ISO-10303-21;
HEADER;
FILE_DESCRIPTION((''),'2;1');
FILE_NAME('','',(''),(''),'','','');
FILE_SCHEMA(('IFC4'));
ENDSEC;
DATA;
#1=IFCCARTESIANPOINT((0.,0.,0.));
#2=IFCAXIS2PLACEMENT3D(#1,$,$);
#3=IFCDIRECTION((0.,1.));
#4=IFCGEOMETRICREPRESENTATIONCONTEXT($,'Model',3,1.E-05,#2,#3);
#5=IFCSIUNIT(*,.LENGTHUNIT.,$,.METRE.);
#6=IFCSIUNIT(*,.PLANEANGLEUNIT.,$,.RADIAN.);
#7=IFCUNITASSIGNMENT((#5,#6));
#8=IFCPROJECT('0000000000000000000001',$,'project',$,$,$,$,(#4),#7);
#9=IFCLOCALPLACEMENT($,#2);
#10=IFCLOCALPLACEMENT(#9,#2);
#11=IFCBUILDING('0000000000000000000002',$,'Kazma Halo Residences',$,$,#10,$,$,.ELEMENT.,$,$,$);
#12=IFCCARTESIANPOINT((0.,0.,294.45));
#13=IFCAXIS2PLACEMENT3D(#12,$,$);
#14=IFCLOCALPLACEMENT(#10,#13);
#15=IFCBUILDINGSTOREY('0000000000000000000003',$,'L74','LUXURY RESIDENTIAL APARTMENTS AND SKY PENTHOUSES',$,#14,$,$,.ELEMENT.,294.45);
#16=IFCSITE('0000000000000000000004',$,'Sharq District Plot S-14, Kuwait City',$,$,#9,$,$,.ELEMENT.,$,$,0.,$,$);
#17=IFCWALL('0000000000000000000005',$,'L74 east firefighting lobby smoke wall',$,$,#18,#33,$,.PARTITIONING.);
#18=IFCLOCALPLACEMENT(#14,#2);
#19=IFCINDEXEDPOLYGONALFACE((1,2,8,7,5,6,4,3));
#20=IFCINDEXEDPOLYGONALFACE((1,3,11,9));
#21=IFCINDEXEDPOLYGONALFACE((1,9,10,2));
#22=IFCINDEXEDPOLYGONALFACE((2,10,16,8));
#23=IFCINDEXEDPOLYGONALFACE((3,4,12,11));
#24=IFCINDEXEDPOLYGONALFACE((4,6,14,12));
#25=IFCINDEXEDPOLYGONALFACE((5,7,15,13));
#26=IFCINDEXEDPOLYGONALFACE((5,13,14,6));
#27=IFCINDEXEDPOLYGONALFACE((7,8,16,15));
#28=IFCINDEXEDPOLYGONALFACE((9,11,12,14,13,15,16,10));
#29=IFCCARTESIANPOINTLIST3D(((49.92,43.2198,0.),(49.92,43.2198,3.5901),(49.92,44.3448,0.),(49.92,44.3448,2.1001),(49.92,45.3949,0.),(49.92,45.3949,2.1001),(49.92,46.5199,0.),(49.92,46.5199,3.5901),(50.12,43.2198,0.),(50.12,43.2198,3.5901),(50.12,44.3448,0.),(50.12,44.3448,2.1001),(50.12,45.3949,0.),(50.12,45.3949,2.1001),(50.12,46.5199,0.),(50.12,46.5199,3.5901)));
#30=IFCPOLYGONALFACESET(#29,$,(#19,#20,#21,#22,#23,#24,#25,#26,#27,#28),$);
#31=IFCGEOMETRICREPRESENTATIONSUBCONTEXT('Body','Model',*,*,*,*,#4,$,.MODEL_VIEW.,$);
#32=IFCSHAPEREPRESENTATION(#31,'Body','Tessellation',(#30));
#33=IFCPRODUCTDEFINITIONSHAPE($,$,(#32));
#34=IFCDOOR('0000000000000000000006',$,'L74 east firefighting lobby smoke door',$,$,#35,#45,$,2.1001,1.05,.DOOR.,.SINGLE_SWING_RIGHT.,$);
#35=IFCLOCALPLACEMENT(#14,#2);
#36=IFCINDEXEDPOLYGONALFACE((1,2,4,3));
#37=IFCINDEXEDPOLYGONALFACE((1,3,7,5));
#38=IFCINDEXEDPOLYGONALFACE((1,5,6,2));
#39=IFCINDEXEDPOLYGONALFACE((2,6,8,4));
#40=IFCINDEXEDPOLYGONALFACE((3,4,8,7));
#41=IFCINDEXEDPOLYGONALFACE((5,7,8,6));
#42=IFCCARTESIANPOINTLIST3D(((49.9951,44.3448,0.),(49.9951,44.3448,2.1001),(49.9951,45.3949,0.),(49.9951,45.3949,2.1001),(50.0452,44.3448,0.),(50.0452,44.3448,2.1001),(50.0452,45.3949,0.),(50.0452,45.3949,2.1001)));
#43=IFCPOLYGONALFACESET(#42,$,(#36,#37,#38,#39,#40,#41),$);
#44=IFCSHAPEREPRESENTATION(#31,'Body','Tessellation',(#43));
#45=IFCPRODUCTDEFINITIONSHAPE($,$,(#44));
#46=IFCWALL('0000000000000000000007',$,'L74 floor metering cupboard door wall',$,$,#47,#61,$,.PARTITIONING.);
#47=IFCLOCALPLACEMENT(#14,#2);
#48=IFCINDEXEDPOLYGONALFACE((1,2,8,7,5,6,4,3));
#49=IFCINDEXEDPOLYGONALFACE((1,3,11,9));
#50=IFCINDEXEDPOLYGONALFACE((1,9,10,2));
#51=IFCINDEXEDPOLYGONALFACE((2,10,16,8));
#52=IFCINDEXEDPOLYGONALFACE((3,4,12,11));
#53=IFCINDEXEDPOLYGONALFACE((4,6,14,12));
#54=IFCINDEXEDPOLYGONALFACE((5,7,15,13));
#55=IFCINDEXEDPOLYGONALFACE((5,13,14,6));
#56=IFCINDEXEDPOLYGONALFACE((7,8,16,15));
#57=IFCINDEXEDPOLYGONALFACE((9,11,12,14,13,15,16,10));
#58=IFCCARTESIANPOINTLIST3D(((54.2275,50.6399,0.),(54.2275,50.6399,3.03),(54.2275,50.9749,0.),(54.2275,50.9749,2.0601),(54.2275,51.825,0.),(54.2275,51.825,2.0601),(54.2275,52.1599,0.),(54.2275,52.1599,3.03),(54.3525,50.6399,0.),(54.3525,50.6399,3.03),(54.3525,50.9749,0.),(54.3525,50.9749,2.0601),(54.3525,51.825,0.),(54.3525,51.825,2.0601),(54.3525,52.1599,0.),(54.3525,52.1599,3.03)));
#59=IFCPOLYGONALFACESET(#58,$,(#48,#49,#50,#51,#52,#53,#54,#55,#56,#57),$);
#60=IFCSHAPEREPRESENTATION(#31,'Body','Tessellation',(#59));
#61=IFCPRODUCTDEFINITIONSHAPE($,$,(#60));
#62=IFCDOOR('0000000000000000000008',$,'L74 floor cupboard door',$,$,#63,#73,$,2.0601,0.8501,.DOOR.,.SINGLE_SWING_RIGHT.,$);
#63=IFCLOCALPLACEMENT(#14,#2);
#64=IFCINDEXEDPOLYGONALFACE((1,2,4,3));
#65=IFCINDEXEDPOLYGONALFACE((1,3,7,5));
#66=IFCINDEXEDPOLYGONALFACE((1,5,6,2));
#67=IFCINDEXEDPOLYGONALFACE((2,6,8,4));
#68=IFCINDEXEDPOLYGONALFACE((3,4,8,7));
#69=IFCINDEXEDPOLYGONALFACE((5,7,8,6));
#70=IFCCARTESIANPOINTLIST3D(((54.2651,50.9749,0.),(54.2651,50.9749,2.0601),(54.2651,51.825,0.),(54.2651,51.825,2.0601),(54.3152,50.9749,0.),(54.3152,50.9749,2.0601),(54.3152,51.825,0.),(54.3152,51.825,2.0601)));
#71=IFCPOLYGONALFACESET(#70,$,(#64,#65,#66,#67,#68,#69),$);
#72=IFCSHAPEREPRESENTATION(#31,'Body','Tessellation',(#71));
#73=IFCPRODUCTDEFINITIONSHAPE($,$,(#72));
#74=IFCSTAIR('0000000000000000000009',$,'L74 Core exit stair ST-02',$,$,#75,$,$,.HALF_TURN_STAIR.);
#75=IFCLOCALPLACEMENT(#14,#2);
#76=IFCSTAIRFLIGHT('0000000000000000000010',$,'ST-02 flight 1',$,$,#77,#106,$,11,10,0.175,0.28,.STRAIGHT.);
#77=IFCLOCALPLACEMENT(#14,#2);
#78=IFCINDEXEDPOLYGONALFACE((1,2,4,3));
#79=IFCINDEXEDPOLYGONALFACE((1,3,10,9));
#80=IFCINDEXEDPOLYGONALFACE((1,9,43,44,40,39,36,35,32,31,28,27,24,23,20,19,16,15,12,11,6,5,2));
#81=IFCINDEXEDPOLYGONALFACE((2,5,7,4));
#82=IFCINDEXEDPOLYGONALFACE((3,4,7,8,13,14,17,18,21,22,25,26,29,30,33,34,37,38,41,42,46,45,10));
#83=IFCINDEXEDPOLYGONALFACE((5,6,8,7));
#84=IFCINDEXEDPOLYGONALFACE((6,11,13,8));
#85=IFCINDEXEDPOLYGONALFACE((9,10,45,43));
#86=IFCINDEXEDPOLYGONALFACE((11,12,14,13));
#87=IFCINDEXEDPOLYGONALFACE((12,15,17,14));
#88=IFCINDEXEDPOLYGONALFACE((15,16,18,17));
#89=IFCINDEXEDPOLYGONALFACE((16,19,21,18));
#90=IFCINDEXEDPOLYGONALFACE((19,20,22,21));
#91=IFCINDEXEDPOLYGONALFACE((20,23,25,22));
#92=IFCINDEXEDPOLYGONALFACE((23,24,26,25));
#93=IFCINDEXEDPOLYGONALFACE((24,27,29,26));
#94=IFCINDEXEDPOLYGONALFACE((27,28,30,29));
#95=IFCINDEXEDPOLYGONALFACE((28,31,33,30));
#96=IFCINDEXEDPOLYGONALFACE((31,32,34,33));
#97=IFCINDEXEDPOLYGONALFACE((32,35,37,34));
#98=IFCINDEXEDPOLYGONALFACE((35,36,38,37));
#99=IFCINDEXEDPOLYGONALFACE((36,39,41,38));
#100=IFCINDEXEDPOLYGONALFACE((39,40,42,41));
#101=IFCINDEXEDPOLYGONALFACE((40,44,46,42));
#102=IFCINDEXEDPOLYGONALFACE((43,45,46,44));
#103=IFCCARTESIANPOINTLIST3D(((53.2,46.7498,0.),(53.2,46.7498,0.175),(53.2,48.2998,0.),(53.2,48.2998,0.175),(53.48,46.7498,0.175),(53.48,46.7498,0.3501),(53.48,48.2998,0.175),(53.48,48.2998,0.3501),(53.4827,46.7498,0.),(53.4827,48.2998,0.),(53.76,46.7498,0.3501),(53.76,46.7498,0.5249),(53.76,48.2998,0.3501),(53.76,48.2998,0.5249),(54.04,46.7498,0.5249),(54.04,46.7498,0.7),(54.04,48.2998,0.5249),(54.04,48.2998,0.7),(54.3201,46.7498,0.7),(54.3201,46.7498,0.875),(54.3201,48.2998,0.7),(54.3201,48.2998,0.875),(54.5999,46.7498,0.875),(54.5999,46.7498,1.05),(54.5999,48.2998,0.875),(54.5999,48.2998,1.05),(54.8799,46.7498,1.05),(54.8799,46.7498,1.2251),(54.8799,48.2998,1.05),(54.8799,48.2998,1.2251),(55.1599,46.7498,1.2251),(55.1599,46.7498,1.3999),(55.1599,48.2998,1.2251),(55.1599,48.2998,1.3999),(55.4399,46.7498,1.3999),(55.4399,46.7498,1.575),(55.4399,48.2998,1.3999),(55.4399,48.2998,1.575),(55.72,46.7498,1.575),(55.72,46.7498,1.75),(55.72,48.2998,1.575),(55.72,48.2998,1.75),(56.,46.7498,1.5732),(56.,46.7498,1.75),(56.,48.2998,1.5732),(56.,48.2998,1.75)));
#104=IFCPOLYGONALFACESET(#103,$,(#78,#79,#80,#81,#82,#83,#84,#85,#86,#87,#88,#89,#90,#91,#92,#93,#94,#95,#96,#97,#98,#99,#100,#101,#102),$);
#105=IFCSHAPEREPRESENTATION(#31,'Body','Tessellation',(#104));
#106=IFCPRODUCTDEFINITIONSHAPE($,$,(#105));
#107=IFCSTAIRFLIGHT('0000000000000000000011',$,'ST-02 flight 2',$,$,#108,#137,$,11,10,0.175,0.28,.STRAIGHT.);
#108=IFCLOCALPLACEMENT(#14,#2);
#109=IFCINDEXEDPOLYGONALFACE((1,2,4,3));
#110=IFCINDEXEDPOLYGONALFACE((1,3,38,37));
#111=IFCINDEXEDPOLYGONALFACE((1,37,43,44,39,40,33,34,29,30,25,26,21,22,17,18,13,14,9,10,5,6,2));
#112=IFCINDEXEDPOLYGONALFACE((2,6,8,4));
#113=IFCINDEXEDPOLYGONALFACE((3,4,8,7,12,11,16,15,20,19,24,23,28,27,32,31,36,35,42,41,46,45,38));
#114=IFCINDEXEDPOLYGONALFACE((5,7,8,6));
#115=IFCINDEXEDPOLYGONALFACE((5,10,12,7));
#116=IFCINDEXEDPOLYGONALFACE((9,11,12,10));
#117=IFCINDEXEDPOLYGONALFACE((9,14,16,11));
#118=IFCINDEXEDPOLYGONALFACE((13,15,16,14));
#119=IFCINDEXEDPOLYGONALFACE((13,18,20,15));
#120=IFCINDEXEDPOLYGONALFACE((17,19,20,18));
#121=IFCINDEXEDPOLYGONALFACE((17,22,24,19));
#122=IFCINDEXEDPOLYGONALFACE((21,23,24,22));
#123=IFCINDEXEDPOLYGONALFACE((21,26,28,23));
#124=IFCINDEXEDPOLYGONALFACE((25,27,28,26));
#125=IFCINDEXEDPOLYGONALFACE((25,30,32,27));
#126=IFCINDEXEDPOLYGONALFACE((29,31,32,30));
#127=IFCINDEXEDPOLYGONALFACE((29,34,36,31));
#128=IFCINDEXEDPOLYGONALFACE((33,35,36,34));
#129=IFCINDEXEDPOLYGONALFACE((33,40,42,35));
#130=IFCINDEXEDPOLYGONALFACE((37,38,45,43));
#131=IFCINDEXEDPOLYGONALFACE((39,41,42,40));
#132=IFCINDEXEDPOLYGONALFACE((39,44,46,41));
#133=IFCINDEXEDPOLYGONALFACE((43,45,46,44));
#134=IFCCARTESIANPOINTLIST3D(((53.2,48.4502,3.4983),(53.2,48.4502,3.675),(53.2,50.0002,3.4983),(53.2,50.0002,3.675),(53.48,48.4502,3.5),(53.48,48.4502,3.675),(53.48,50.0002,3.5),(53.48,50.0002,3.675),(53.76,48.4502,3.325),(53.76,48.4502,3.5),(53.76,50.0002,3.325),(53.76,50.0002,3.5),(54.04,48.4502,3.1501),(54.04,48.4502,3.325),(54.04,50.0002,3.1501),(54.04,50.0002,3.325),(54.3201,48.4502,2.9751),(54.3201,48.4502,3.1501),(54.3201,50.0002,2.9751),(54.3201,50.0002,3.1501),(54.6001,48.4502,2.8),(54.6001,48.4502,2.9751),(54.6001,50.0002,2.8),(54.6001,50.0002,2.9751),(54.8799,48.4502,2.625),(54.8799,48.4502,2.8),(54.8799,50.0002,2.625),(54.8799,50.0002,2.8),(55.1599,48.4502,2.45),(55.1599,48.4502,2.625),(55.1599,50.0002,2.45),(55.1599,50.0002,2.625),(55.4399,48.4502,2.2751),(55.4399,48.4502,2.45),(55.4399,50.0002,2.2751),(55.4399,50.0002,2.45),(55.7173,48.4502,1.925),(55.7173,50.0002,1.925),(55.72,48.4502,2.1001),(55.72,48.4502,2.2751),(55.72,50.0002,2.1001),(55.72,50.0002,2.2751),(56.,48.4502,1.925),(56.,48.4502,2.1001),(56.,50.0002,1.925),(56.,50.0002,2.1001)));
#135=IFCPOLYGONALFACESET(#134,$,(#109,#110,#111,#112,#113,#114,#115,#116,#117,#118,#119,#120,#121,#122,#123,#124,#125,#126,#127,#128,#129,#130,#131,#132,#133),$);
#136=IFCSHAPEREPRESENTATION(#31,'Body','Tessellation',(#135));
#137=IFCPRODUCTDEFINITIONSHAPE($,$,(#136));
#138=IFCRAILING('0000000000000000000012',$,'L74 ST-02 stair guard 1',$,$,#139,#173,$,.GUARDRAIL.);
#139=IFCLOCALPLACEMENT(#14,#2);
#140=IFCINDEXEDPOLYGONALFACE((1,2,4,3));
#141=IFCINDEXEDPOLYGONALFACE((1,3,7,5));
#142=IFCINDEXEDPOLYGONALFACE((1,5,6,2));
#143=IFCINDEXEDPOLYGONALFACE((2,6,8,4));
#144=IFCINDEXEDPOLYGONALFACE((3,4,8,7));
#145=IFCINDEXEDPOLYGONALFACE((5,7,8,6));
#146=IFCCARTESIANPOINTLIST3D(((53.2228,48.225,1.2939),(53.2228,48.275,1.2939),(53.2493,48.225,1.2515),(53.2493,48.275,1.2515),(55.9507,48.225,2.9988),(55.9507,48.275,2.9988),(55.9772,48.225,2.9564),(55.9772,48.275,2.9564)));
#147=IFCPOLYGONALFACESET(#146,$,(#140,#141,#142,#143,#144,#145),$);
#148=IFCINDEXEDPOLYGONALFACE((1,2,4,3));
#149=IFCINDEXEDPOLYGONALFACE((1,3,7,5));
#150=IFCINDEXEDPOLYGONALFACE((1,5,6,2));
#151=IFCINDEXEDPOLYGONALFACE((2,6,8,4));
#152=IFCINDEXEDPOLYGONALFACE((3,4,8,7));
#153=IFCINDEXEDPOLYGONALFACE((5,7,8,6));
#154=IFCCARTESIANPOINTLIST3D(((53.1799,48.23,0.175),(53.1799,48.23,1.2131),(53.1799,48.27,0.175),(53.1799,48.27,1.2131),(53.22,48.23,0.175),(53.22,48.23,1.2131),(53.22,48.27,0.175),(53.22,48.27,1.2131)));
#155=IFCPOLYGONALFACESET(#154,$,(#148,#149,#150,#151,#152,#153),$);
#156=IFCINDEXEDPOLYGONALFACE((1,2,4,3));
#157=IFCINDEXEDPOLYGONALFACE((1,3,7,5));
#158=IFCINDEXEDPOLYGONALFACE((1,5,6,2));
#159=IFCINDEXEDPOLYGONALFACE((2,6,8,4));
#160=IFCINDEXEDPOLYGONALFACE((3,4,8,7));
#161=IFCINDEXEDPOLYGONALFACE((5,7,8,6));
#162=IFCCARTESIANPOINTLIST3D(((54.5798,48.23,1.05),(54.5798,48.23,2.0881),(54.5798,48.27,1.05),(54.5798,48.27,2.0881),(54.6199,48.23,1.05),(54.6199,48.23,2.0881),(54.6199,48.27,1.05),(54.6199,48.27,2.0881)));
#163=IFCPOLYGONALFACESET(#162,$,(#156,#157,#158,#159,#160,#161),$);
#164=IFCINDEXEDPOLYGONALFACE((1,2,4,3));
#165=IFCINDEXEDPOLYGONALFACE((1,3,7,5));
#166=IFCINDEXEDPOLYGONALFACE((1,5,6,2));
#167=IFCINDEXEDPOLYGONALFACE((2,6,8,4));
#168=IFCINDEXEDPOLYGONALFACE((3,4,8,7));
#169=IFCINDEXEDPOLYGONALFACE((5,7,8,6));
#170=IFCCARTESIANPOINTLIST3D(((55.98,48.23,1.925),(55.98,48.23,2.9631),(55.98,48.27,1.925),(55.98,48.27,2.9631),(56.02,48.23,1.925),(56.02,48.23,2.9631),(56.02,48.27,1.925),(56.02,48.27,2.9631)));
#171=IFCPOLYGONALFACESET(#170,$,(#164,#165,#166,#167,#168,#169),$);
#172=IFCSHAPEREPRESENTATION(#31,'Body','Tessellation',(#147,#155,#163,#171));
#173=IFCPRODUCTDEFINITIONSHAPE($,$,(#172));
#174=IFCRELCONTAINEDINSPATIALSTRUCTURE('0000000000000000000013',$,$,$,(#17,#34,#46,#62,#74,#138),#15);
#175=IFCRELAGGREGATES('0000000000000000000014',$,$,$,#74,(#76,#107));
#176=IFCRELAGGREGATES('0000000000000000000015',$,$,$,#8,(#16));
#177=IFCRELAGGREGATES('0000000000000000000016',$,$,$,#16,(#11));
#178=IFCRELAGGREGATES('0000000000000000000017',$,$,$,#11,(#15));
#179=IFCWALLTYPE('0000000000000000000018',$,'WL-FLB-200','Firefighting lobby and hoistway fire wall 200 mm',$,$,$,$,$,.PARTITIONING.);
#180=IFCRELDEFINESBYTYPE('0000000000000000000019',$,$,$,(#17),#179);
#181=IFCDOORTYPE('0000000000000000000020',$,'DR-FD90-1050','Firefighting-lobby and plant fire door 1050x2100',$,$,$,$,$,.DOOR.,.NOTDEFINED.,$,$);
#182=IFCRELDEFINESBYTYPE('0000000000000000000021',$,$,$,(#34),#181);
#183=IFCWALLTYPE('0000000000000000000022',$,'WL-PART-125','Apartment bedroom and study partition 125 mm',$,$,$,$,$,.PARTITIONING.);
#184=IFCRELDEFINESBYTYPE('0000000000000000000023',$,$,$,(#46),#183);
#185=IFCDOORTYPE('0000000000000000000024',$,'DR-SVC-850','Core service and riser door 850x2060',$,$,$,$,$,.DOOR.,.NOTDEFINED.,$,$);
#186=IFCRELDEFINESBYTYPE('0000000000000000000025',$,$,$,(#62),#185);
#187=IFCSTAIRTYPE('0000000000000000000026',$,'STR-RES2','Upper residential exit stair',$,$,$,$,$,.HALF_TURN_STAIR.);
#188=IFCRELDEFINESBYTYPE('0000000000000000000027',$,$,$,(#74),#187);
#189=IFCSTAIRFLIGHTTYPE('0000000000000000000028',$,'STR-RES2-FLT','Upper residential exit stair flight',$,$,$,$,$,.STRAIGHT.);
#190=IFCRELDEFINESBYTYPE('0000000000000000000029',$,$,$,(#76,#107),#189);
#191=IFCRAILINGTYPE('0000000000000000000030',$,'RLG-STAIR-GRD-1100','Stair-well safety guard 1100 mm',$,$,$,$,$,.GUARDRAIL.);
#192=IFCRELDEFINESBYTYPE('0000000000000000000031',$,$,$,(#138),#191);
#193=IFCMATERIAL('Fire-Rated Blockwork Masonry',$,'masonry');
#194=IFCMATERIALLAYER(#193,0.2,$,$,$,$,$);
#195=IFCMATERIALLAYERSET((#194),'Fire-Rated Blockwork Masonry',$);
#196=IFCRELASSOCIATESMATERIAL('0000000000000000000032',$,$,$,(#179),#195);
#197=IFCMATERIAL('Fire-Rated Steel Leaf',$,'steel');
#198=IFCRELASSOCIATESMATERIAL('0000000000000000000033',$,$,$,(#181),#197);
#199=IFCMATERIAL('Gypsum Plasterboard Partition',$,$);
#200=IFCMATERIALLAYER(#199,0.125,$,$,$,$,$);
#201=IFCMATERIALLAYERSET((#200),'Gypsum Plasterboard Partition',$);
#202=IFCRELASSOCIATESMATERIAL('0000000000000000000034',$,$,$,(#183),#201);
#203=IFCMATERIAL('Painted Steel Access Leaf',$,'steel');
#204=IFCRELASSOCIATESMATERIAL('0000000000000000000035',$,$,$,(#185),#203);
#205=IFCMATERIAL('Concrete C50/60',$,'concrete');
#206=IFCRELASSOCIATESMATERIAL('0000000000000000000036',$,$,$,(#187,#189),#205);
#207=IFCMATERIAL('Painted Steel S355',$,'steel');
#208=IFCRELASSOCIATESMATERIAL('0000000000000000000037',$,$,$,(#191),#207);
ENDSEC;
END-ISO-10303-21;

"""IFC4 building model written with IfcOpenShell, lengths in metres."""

from ifc_helpers import new_model, si_unit, direction, frame, frame_2d, origin, origin_2d, place, context, subcontext, project, spatial, polyline, rectangle, outline, extrude, material, layer, layer_set, type_object, element, fill, aggregate, save


model = new_model("IFC4")

# Units and contexts
model_context = context("Model", 3, precision=1e-05, world=origin(), true_north=direction((0.0, 1.0)))
body_context = subcontext(model_context, "Body", "Model", "MODEL_VIEW")
ifc_project = project(units=[si_unit("LENGTHUNIT", "METRE"), si_unit("PLANEANGLEUNIT", "RADIAN")], contexts=[model_context])

# Site, building, storey
site_placement = place(None, origin())
site = spatial("IfcSite", under=ifc_project, at=site_placement, Name="Sharq District Plot S-14, Kuwait City", CompositionType="ELEMENT", RefElevation=0.0)
building_placement = place(site_placement, origin())
building = spatial("IfcBuilding", under=site, at=building_placement, Name="Kazma Halo Residences", CompositionType="ELEMENT")
storey_placement = place(building_placement, frame((0.0, 0.0, 294.45)))
storey = spatial("IfcBuildingStorey", under=building, at=storey_placement, Name="L74", Description="LUXURY RESIDENTIAL APARTMENTS AND SKY PENTHOUSES", CompositionType="ELEMENT", Elevation=294.45)

# Shared definitions
ifc_material_1 = material(Name="Fire-Rated Blockwork Masonry", Category="masonry")
ifc_layer_1 = layer(ifc_material_1, 0.2)
ifc_layer_set_1 = layer_set([ifc_layer_1], Name="Fire-Rated Blockwork Masonry")
wall_type_1 = type_object("IfcWallType", Name="WL-FLB-200", Description="Firefighting lobby and hoistway fire wall 200 mm", PredefinedType="PARTITIONING", material=ifc_layer_set_1)

# Walls, openings, doors
wall_1_placement = place(storey_placement, frame((50.02, 43.22, 0.0), z_axis=(0.0, 0.0, 1.0), x_axis=(0.0, 1.0, 0.0)))
wall_1 = element("IfcWall", 1, at=wall_1_placement, inside=storey, type_object=wall_type_1, Name="L74 east firefighting lobby smoke wall", PredefinedType="PARTITIONING", context=body_context, shape_type="SweptSolid", body=[
    extrude(rectangle(XDim=3.3, YDim=0.2, at=frame_2d((1.6499, 0.0))), origin(), (0.0, 0.0, 1.0), 3.5901),
])
opening_1_placement = place(wall_1_placement, frame((1.125, 0.0, 0.0)))
opening_1 = element("IfcOpeningElement", 2, at=opening_1_placement, cuts=wall_1, PredefinedType="OPENING", context=body_context, shape_type="SweptSolid", body=[
    extrude(rectangle(XDim=1.05, YDim=2.1001, at=frame_2d((0.5249, 1.05))), frame((0.0, 0.1099, 0.0), z_axis=(0.0, -1.0, 0.0), x_axis=(1.0, 0.0, 0.0)), (0.0, 0.0, 1.0), 0.22),
])
ifc_material_2 = material(Name="Fire-Rated Steel Leaf", Category="steel")
door_type_1 = type_object("IfcDoorType", Name="DR-FD90-1050", Description="Firefighting-lobby and plant fire door 1050x2100", OperationType="NOTDEFINED", PredefinedType="DOOR", material=ifc_material_2)
door_1_placement = place(opening_1_placement, origin())
door_1 = element("IfcDoor", 3, at=door_1_placement, inside=storey, type_object=door_type_1, Name="L74 east firefighting lobby smoke door", OperationType="SINGLE_SWING_RIGHT", OverallHeight=2.1001, OverallWidth=1.05, PredefinedType="DOOR", context=body_context, shape_type="SweptSolid", body=[
    extrude(rectangle(XDim=1.05, YDim=2.1001, at=frame_2d((0.5249, 1.05))), frame((0.0, 0.0249, 0.0), z_axis=(0.0, -1.0, 0.0), x_axis=(1.0, 0.0, 0.0)), (0.0, 0.0, 1.0), 0.05),
])
fill(opening_1, door_1)
ifc_material_3 = material(Name="Gypsum Plasterboard Partition")
ifc_layer_2 = layer(ifc_material_3, 0.125)
ifc_layer_set_2 = layer_set([ifc_layer_2], Name="Gypsum Plasterboard Partition")
wall_type_2 = type_object("IfcWallType", Name="WL-PART-125", Description="Apartment bedroom and study partition 125 mm", PredefinedType="PARTITIONING", material=ifc_layer_set_2)
wall_2_placement = place(storey_placement, frame((54.29, 50.6399, 0.0), z_axis=(0.0, 0.0, 1.0), x_axis=(0.0, 1.0, 0.0)))
wall_2 = element("IfcWall", 4, at=wall_2_placement, inside=storey, type_object=wall_type_2, Name="L74 floor metering cupboard door wall", PredefinedType="PARTITIONING", context=body_context, shape_type="SweptSolid", body=[
    extrude(rectangle(XDim=1.52, YDim=0.125, at=frame_2d((0.76, 0.0))), origin(), (0.0, 0.0, 1.0), 3.03),
])
opening_2_placement = place(wall_2_placement, frame((0.335, 0.0, 0.0)))
opening_2 = element("IfcOpeningElement", 5, at=opening_2_placement, cuts=wall_2, PredefinedType="OPENING", context=body_context, shape_type="SweptSolid", body=[
    extrude(rectangle(XDim=0.8501, YDim=2.0601, at=frame_2d((0.425, 1.03))), frame((0.0, 0.0725, 0.0), z_axis=(0.0, -1.0, 0.0), x_axis=(1.0, 0.0, 0.0)), (0.0, 0.0, 1.0), 0.145),
])
ifc_material_4 = material(Name="Painted Steel Access Leaf", Category="steel")
door_type_2 = type_object("IfcDoorType", Name="DR-SVC-850", Description="Core service and riser door 850x2060", OperationType="NOTDEFINED", PredefinedType="DOOR", material=ifc_material_4)
door_2_placement = place(opening_2_placement, origin())
door_2 = element("IfcDoor", 6, at=door_2_placement, inside=storey, type_object=door_type_2, Name="L74 floor cupboard door", OperationType="SINGLE_SWING_RIGHT", OverallHeight=2.0601, OverallWidth=0.8501, PredefinedType="DOOR", context=body_context, shape_type="SweptSolid", body=[
    extrude(rectangle(XDim=0.8501, YDim=2.0601, at=frame_2d((0.425, 1.03))), frame((0.0, 0.0249, 0.0), z_axis=(0.0, -1.0, 0.0), x_axis=(1.0, 0.0, 0.0)), (0.0, 0.0, 1.0), 0.05),
])
fill(opening_2, door_2)
ifc_material_5 = material(Name="Concrete C50/60", Category="concrete")

# Stair, stair flights
stair_type = type_object("IfcStairType", Name="STR-RES2", Description="Upper residential exit stair", PredefinedType="HALF_TURN_STAIR", material=ifc_material_5)
stair_placement = place(storey_placement, origin())
stair = element("IfcStair", 7, at=stair_placement, inside=storey, type_object=stair_type, Name="L74 Core exit stair ST-02", PredefinedType="HALF_TURN_STAIR")
stair_flight_type = type_object("IfcStairFlightType", Name="STR-RES2-FLT", Description="Upper residential exit stair flight", PredefinedType="STRAIGHT", material=ifc_material_5)
stair_flight_1_placement = place(storey_placement, frame((53.2, 47.5249, 0.0), z_axis=(0.0, 0.0, 1.0), x_axis=(1.0, 0.0, 0.0)))
stair_flight_1 = element("IfcStairFlight", 8, at=stair_flight_1_placement, type_object=stair_flight_type, Name="ST-02 flight 1", NumberOfRisers=11, NumberOfTreads=10, PredefinedType="STRAIGHT", RiserHeight=0.175, TreadLength=0.28, context=body_context, shape_type="SweptSolid", body=[
    extrude(outline(polyline([(0.0, 0.0), (0.0, 0.175), (0.28, 0.175), (0.28, 0.3501), (0.5601, 0.3501), (0.5601, 0.5249), (0.8401, 0.5249), (0.8401, 0.7), (1.1201, 0.7), (1.1201, 0.875), (1.3999, 0.875), (1.3999, 1.05), (1.6799, 1.05), (1.6799, 1.2251), (1.96, 1.2251), (1.96, 1.3999), (2.24, 1.3999), (2.24, 1.575), (2.52, 1.575), (2.52, 1.75), (2.8, 1.75), (2.8, 1.925), (2.8, 1.5732), (0.2827, 0.0), (0.0, 0.0)])), frame((0.0, 0.7749, 0.0), z_axis=(0.0, -1.0, 0.0), x_axis=(1.0, 0.0, 0.0)), (0.0, 0.0, 1.0), 1.55),
])
stair_flight_2_placement = place(storey_placement, frame((56.0, 49.2251, 1.925), z_axis=(0.0, 0.0, 1.0), x_axis=(-1.0, 0.0, 0.0)))
stair_flight_2 = element("IfcStairFlight", 9, at=stair_flight_2_placement, type_object=stair_flight_type, Name="ST-02 flight 2", NumberOfRisers=11, NumberOfTreads=10, PredefinedType="STRAIGHT", RiserHeight=0.175, TreadLength=0.28, context=body_context, shape_type="SweptSolid", body=[
    extrude(outline(polyline([(0.0, 0.0), (0.0, 0.175), (0.28, 0.175), (0.28, 0.3501), (0.5601, 0.3501), (0.5601, 0.5249), (0.8401, 0.5249), (0.8401, 0.7), (1.1201, 0.7), (1.1201, 0.875), (1.3999, 0.875), (1.3999, 1.05), (1.6799, 1.05), (1.6799, 1.2251), (1.96, 1.2251), (1.96, 1.3999), (2.24, 1.3999), (2.24, 1.575), (2.52, 1.575), (2.52, 1.75), (2.8, 1.75), (2.8, 1.925), (2.8, 1.5732), (0.2827, 0.0), (0.0, 0.0)])), frame((0.0, 0.7749, 0.0), z_axis=(0.0, -1.0, 0.0), x_axis=(1.0, 0.0, 0.0)), (0.0, 0.0, 1.0), 1.55),
])
aggregate(stair, [stair_flight_1, stair_flight_2])

# Railing
ifc_material_6 = material(Name="Painted Steel S355", Category="steel")
railing_type_1 = type_object("IfcRailingType", Name="RLG-STAIR-GRD-1100", Description="Stair-well safety guard 1100 mm", PredefinedType="GUARDRAIL", material=ifc_material_6)
railing_1_placement = place(storey_placement, frame((53.2, 48.25, 0.175)))
element("IfcRailing", 10, at=railing_1_placement, inside=storey, type_object=railing_type_1, Name="L74 ST-02 stair guard 1", PredefinedType="GUARDRAIL", context=body_context, shape_type="SweptSolid", body=[
    extrude(rectangle(XDim=0.05, YDim=0.05, at=origin_2d()), frame((0.0361, 0.0, 1.0977), z_axis=(0.848002, 0.0, 0.529992), x_axis=(0.0, 1.0, 0.0)), (0.0, 0.0, 1.0), 3.2168),
    extrude(rectangle(XDim=0.04, YDim=0.04, at=origin_2d()), origin(), (0.0, 0.0, 1.0), 1.0381),
    extrude(rectangle(XDim=0.04, YDim=0.04, at=origin_2d()), frame((1.3999, 0.0, 0.875)), (0.0, 0.0, 1.0), 1.0381),
    extrude(rectangle(XDim=0.04, YDim=0.04, at=origin_2d()), frame((2.8, 0.0, 1.75)), (0.0, 0.0, 1.0), 1.0381),
])

save(model, "model.ifc")
